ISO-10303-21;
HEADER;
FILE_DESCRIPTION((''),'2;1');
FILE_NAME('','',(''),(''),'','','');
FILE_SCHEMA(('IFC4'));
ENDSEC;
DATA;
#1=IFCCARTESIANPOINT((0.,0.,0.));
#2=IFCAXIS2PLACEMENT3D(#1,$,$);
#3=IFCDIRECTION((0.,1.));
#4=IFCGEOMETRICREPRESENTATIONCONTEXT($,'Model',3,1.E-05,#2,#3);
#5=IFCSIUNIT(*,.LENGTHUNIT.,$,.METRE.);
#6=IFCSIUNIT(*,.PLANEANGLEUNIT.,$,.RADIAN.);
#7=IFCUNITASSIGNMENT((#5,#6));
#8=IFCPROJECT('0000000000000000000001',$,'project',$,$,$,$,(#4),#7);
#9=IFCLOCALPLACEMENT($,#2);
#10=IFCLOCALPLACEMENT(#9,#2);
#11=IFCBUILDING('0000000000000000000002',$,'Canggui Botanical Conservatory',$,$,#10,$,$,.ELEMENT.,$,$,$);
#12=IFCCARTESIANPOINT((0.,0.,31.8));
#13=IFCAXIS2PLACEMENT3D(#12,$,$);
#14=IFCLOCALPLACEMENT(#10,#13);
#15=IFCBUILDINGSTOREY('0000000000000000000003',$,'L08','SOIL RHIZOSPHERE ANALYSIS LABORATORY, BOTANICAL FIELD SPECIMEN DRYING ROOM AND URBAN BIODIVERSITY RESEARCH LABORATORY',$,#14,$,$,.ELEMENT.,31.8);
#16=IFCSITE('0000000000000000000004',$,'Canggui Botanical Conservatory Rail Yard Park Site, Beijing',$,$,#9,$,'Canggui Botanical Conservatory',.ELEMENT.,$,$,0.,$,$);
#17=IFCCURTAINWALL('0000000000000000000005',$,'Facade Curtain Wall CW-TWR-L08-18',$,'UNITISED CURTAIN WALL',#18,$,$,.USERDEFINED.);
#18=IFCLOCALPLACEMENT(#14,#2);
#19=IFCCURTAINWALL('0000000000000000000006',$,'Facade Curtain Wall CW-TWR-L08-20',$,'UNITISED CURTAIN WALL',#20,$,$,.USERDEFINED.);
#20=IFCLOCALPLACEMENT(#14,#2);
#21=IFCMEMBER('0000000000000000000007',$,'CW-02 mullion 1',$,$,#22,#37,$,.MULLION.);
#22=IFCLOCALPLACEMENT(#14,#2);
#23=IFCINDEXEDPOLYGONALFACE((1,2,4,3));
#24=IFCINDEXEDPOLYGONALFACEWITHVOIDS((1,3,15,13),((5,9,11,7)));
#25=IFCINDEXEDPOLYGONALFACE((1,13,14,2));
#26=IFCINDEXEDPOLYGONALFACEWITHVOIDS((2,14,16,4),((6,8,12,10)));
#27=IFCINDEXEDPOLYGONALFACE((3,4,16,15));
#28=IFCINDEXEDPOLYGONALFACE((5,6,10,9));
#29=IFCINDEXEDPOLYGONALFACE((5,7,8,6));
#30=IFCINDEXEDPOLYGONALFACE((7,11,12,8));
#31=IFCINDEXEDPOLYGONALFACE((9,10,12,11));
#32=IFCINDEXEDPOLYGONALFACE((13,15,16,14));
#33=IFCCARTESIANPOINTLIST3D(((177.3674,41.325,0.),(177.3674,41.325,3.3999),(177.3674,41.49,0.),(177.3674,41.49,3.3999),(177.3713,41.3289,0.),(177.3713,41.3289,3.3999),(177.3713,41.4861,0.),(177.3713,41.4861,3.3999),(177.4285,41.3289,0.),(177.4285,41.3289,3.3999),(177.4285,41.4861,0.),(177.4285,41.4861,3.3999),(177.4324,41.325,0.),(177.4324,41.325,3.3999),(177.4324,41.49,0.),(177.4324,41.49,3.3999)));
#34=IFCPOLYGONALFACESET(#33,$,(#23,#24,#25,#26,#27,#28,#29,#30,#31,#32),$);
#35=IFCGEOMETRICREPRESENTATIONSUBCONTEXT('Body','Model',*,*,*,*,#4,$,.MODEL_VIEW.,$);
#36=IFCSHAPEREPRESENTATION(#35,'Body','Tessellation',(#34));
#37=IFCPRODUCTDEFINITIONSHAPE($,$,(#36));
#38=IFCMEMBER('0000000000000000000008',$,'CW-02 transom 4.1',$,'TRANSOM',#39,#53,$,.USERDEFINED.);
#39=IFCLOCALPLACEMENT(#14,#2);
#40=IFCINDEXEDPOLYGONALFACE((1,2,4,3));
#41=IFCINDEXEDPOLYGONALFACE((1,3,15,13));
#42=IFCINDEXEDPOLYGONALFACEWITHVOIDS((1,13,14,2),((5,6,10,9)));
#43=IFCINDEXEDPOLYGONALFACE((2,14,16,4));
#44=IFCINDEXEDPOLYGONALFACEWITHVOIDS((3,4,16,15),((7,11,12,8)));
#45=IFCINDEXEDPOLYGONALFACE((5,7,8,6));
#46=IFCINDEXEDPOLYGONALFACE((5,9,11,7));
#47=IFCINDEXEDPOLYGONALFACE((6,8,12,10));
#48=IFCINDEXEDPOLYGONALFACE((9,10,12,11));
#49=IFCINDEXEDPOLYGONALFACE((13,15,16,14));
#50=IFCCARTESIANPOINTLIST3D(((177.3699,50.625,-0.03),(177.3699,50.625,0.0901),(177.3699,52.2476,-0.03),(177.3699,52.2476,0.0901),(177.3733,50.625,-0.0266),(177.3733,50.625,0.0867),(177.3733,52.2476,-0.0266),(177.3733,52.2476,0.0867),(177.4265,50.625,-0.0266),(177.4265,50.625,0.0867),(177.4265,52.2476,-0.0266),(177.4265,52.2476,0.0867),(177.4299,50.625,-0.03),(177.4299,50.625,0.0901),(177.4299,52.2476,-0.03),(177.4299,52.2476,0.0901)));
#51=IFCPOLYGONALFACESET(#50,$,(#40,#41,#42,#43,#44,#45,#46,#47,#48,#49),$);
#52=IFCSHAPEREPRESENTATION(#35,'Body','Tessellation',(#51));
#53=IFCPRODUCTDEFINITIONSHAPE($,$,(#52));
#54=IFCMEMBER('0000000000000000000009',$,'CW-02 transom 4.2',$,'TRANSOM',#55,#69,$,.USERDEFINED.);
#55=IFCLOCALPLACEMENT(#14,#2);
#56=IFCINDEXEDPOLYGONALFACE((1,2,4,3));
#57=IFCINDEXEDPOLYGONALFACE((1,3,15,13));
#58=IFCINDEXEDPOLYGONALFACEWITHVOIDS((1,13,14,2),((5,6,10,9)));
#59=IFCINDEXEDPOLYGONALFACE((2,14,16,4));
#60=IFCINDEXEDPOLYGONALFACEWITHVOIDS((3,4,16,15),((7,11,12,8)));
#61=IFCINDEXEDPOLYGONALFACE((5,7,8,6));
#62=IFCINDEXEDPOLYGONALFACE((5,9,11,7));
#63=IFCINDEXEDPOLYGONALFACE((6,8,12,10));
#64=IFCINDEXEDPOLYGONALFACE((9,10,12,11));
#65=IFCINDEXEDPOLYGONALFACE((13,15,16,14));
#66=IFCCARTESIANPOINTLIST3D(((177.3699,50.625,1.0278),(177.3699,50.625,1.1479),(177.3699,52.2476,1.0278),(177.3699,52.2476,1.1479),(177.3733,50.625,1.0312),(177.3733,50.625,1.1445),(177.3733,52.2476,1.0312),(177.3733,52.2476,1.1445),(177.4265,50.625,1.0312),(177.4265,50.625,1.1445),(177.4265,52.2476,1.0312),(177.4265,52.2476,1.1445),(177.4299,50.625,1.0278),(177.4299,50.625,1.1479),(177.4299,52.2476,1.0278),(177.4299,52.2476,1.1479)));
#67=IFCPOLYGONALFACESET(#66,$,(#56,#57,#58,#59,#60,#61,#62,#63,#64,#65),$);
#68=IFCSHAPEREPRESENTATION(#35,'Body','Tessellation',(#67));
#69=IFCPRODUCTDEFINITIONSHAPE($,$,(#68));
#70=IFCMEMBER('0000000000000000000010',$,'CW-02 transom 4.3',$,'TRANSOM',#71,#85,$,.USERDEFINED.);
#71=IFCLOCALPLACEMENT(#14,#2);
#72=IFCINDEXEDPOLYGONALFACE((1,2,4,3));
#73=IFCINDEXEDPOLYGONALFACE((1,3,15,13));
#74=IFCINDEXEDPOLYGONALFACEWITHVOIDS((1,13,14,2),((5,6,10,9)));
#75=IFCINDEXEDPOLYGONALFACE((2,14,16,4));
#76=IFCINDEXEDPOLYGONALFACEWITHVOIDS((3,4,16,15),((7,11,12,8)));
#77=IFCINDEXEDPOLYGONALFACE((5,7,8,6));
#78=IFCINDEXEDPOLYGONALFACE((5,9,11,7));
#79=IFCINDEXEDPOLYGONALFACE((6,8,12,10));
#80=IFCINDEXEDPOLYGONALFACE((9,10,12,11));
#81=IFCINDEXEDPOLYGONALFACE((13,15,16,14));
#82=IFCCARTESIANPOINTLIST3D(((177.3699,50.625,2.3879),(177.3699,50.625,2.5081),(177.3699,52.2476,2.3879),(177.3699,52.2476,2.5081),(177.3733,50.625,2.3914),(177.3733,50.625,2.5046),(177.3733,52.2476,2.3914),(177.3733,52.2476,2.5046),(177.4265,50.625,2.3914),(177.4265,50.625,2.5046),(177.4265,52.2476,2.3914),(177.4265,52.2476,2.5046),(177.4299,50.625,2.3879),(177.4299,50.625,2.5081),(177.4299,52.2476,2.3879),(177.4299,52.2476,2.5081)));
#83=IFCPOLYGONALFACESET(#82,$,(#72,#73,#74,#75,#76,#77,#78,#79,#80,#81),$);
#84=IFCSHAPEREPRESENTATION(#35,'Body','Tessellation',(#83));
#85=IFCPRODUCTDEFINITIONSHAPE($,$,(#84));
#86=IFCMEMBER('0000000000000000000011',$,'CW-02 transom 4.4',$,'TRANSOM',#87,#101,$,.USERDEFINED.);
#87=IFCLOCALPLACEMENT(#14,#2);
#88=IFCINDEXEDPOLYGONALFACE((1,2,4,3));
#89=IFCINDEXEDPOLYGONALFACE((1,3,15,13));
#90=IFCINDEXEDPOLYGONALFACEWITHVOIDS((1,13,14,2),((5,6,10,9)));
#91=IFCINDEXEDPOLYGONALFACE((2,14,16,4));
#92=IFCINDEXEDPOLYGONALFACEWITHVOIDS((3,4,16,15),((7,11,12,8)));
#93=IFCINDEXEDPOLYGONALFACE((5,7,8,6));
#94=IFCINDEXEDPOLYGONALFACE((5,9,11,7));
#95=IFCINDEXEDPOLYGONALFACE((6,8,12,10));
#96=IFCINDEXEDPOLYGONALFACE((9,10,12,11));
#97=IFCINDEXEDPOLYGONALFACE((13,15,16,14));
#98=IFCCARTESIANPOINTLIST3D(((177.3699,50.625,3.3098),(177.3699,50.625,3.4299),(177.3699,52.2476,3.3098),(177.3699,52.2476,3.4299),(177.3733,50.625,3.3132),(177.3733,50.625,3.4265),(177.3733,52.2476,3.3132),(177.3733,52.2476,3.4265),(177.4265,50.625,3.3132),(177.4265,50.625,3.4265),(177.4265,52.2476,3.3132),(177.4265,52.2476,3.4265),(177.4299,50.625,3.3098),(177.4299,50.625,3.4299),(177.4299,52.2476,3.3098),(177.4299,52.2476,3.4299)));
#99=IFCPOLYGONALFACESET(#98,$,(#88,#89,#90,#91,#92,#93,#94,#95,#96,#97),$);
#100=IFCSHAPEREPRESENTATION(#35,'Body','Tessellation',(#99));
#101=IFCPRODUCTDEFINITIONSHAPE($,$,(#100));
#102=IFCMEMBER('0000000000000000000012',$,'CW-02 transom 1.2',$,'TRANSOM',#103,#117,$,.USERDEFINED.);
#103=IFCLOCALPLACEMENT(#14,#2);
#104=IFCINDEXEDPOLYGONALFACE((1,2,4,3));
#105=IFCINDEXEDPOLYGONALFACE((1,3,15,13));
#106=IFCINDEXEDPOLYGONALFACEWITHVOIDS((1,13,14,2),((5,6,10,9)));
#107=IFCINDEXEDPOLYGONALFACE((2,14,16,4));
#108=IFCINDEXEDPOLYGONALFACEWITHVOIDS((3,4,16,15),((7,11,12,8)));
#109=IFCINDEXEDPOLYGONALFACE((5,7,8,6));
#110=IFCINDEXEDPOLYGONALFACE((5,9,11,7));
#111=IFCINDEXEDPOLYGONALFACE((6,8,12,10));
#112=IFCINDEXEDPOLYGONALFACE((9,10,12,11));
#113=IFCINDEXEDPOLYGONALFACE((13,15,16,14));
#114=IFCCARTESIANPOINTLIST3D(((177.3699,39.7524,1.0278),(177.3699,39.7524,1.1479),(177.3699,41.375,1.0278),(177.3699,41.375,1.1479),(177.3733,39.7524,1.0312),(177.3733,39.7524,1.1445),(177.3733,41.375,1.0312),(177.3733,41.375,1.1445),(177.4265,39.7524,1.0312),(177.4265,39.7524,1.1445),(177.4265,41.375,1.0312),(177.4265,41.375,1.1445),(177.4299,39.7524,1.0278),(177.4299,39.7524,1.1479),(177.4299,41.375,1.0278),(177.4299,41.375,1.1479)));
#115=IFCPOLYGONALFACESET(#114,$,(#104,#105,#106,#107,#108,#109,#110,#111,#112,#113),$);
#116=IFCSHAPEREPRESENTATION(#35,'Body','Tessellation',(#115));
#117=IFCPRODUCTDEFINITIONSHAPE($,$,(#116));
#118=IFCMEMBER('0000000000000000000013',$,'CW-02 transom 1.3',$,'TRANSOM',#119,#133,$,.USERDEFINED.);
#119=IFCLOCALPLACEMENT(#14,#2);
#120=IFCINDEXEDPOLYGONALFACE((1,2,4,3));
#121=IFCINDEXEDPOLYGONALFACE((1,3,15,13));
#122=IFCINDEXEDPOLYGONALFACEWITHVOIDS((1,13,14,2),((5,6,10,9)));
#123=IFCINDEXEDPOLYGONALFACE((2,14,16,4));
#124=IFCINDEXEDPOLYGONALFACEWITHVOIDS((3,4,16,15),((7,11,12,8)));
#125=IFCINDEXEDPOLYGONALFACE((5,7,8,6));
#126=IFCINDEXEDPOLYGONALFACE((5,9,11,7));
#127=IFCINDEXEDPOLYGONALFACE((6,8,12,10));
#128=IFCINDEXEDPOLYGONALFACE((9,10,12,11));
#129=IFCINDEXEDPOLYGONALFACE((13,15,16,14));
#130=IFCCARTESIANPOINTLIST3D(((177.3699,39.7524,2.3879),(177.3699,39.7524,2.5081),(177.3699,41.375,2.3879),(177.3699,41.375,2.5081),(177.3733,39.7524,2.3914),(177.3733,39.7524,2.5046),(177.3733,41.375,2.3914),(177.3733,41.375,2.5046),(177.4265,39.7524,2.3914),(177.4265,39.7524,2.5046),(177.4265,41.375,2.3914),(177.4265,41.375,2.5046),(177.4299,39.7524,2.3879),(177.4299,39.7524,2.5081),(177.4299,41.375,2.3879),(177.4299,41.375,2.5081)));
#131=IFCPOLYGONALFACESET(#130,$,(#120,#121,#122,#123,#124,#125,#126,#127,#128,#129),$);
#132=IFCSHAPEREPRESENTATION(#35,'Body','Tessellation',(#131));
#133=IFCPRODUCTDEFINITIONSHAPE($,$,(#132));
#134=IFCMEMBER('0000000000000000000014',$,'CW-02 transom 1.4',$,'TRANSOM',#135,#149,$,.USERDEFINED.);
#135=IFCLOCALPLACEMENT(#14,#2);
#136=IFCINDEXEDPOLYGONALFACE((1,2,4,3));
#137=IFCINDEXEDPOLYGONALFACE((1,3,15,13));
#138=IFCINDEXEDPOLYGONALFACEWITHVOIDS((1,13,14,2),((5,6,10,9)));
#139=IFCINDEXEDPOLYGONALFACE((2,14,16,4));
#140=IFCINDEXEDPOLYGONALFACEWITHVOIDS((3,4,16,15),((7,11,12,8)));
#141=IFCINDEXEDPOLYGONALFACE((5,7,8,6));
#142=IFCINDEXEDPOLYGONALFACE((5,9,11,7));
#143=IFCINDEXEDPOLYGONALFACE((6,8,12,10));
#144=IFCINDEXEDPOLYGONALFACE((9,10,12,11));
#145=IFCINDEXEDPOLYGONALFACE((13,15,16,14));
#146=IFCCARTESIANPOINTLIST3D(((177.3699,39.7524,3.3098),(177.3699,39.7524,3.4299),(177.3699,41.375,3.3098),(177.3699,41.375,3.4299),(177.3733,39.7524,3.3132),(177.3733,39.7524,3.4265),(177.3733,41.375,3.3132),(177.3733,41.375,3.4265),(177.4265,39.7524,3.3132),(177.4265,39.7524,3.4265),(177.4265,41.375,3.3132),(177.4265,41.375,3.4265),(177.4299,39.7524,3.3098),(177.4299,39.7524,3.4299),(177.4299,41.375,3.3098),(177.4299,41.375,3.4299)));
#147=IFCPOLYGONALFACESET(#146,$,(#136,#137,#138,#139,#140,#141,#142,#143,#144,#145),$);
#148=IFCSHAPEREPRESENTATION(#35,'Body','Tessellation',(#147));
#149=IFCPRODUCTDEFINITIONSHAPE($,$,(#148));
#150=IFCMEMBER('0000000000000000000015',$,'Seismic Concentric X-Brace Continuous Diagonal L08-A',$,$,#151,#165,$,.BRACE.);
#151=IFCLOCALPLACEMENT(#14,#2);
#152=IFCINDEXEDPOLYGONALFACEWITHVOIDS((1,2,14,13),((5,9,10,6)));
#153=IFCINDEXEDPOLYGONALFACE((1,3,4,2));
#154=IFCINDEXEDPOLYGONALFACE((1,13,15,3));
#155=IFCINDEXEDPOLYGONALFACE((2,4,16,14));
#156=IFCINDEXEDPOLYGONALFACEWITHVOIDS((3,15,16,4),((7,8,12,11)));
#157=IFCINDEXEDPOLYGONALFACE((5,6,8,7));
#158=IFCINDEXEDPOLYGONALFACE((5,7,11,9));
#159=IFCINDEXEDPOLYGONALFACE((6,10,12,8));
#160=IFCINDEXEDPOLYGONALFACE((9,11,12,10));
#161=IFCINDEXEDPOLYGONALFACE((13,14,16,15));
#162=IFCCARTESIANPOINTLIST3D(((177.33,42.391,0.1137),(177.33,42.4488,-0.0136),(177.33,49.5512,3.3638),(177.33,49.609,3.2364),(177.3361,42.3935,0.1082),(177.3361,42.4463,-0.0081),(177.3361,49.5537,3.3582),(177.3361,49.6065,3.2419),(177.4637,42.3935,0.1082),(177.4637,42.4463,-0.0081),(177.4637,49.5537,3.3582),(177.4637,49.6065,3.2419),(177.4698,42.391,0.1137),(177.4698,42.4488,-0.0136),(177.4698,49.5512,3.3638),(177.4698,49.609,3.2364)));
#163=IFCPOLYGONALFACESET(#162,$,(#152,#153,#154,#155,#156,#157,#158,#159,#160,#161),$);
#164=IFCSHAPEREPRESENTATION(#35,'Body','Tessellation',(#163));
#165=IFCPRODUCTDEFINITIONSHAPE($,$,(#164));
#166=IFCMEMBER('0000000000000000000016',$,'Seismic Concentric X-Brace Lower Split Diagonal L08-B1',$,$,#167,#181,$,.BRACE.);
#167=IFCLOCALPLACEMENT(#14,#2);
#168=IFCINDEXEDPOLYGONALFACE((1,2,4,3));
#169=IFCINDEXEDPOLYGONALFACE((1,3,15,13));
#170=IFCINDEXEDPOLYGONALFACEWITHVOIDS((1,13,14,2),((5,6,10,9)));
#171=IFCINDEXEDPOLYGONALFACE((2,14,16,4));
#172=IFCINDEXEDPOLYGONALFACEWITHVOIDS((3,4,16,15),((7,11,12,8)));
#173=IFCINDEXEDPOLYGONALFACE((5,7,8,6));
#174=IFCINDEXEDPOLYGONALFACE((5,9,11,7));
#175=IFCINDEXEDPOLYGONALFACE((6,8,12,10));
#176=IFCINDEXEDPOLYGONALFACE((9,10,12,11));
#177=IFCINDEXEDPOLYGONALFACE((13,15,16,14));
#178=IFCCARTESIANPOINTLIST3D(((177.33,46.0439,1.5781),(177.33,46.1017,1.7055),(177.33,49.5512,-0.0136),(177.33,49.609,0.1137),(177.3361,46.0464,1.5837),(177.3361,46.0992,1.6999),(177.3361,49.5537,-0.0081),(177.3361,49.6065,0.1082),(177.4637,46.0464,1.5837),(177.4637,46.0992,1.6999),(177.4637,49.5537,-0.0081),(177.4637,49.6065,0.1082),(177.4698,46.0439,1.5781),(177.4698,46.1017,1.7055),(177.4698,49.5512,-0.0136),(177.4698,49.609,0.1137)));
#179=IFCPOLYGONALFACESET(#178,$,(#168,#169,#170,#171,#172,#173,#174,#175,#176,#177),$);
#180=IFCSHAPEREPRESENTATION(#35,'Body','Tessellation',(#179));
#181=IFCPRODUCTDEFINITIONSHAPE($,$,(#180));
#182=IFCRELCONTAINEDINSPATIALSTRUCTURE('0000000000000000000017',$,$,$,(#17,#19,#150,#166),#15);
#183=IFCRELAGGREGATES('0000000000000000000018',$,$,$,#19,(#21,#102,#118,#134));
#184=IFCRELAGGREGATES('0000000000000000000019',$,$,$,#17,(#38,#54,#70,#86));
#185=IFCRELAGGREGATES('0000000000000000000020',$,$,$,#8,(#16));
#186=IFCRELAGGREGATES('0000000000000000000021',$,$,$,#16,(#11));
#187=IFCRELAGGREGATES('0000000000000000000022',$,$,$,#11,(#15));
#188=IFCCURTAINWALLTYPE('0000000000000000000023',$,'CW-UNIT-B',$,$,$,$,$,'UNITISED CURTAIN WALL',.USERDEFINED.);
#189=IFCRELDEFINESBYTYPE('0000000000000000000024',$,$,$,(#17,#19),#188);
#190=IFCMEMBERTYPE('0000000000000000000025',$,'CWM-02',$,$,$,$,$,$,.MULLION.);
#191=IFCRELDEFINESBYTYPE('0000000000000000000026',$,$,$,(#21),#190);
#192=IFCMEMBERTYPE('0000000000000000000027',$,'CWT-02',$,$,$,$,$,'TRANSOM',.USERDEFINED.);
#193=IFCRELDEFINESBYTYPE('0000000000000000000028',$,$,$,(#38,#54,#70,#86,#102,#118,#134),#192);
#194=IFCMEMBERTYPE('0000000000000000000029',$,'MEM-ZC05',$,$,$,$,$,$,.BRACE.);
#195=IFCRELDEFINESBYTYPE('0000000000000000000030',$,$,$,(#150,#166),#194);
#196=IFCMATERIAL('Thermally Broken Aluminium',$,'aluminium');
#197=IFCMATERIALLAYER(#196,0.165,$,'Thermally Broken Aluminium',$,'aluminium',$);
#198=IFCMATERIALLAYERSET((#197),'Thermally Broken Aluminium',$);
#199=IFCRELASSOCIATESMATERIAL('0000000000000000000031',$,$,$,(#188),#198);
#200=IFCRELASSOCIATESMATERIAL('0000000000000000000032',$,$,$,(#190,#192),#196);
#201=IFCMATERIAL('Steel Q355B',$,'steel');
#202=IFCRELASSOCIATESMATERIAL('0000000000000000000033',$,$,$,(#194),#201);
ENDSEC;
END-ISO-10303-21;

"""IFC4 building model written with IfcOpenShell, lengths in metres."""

from ifc_helpers import new_model, si_unit, direction, frame, origin, origin_2d, place, context, subcontext, project, spatial, hollow_rectangle, extrude, material, layer, layer_set, material_profile, profile_set, type_object, element, aggregate, save


model = new_model("IFC4")

# Units and contexts
model_context = context("Model", 3, precision=1e-05, world=origin(), true_north=direction((0.0, 1.0)))
body_context = subcontext(model_context, "Body", "Model", "MODEL_VIEW")
ifc_project = project(units=[si_unit("LENGTHUNIT", "METRE"), si_unit("PLANEANGLEUNIT", "RADIAN")], contexts=[model_context])

# Site, building, storey
site_placement = place(None, origin())
site = spatial("IfcSite", under=ifc_project, at=site_placement, Name="Canggui Botanical Conservatory Rail Yard Park Site, Beijing", LongName="Canggui Botanical Conservatory", CompositionType="ELEMENT", RefElevation=0.0)
building_placement = place(site_placement, origin())
building = spatial("IfcBuilding", under=site, at=building_placement, Name="Canggui Botanical Conservatory", CompositionType="ELEMENT")
storey_placement = place(building_placement, frame((0.0, 0.0, 31.8)))
storey = spatial("IfcBuildingStorey", under=building, at=storey_placement, Name="L08", Description="SOIL RHIZOSPHERE ANALYSIS LABORATORY, BOTANICAL FIELD SPECIMEN DRYING ROOM AND URBAN BIODIVERSITY RESEARCH LABORATORY", CompositionType="ELEMENT", Elevation=31.8)

# Curtain wall
ifc_material_1 = material(Name="Thermally Broken Aluminium", Category="aluminium")
ifc_layer_1 = layer(ifc_material_1, 0.165, Name="Thermally Broken Aluminium", Category="aluminium")
ifc_layer_set_1 = layer_set([ifc_layer_1], Name="Thermally Broken Aluminium")
curtain_wall_type = type_object("IfcCurtainWallType", Name="CW-UNIT-B", ElementType="UNITISED CURTAIN WALL", PredefinedType="USERDEFINED", material=ifc_layer_set_1)
curtain_wall_1_placement = place(storey_placement, origin())
curtain_wall_1 = element("IfcCurtainWall", 1, at=curtain_wall_1_placement, inside=storey, type_object=curtain_wall_type, Name="Facade Curtain Wall CW-TWR-L08-18", ObjectType="UNITISED CURTAIN WALL", PredefinedType="USERDEFINED")
ifc_material_profile_1 = material_profile(ifc_material_1, hollow_rectangle(XDim=0.0649, YDim=0.165, WallThickness=0.0039, at=origin_2d()), Name="CWM 65x165x4")
ifc_profile_set_1 = profile_set([ifc_material_profile_1], Name="Thermally Broken Aluminium")
member_type_1 = type_object("IfcMemberType", Name="CWM-02", PredefinedType="MULLION", material=ifc_profile_set_1)

# Curtain wall, member
curtain_wall_2_placement = place(storey_placement, origin())
curtain_wall_2 = element("IfcCurtainWall", 2, at=curtain_wall_2_placement, inside=storey, type_object=curtain_wall_type, Name="Facade Curtain Wall CW-TWR-L08-20", ObjectType="UNITISED CURTAIN WALL", PredefinedType="USERDEFINED")
member_1_placement = place(storey_placement, frame((177.3999, 41.4075, 0.0), z_axis=(0.0, 0.0, 1.0), x_axis=(1.0, 0.0, 0.0)))
member_1 = element("IfcMember", 3, at=member_1_placement, type_object=member_type_1, Name="CW-02 mullion 1", PredefinedType="MULLION", context=body_context, shape_type="SweptSolid", body=[
    extrude(hollow_rectangle(XDim=0.0649, YDim=0.165, WallThickness=0.0039, at=origin_2d()), origin(), (0.0, 0.0, 1.0), 3.3999),
])

# Members
ifc_material_profile_2 = material_profile(ifc_material_1, hollow_rectangle(XDim=0.0601, YDim=0.1201, WallThickness=0.0034, at=origin_2d()), Name="CWT 60x120x3.5")
ifc_profile_set_2 = profile_set([ifc_material_profile_2], Name="Thermally Broken Aluminium")
member_type_2 = type_object("IfcMemberType", Name="CWT-02", ElementType="TRANSOM", PredefinedType="USERDEFINED", material=ifc_profile_set_2)
member_2_placement = place(storey_placement, frame((177.3999, 52.2476, 0.03), z_axis=(0.0, -1.0, 0.0), x_axis=(1.0, 0.0, 0.0)))
member_2 = element("IfcMember", 4, at=member_2_placement, type_object=member_type_2, Name="CW-02 transom 4.1", ObjectType="TRANSOM", PredefinedType="USERDEFINED", context=body_context, shape_type="SweptSolid", body=[
    extrude(hollow_rectangle(XDim=0.0601, YDim=0.1201, WallThickness=0.0034, at=origin_2d()), origin(), (0.0, 0.0, 1.0), 1.6226),
])
member_3_placement = place(storey_placement, frame((177.3999, 52.2476, 1.0879), z_axis=(0.0, -1.0, 0.0), x_axis=(1.0, 0.0, 0.0)))
member_3 = element("IfcMember", 5, at=member_3_placement, type_object=member_type_2, Name="CW-02 transom 4.2", ObjectType="TRANSOM", PredefinedType="USERDEFINED", context=body_context, shape_type="SweptSolid", body=[
    extrude(hollow_rectangle(XDim=0.0601, YDim=0.1201, WallThickness=0.0034, at=origin_2d()), origin(), (0.0, 0.0, 1.0), 1.6226),
])
member_4_placement = place(storey_placement, frame((177.3999, 52.2476, 2.448), z_axis=(0.0, -1.0, 0.0), x_axis=(1.0, 0.0, 0.0)))
member_4 = element("IfcMember", 6, at=member_4_placement, type_object=member_type_2, Name="CW-02 transom 4.3", ObjectType="TRANSOM", PredefinedType="USERDEFINED", context=body_context, shape_type="SweptSolid", body=[
    extrude(hollow_rectangle(XDim=0.0601, YDim=0.1201, WallThickness=0.0034, at=origin_2d()), origin(), (0.0, 0.0, 1.0), 1.6226),
])
member_5_placement = place(storey_placement, frame((177.3999, 52.2476, 3.3699), z_axis=(0.0, -1.0, 0.0), x_axis=(1.0, 0.0, 0.0)))
member_5 = element("IfcMember", 7, at=member_5_placement, type_object=member_type_2, Name="CW-02 transom 4.4", ObjectType="TRANSOM", PredefinedType="USERDEFINED", context=body_context, shape_type="SweptSolid", body=[
    extrude(hollow_rectangle(XDim=0.0601, YDim=0.1201, WallThickness=0.0034, at=origin_2d()), origin(), (0.0, 0.0, 1.0), 1.6226),
])
member_6_placement = place(storey_placement, frame((177.3999, 41.375, 1.0879), z_axis=(0.0, -1.0, 0.0), x_axis=(1.0, 0.0, 0.0)))
member_6 = element("IfcMember", 8, at=member_6_placement, type_object=member_type_2, Name="CW-02 transom 1.2", ObjectType="TRANSOM", PredefinedType="USERDEFINED", context=body_context, shape_type="SweptSolid", body=[
    extrude(hollow_rectangle(XDim=0.0601, YDim=0.1201, WallThickness=0.0034, at=origin_2d()), origin(), (0.0, 0.0, 1.0), 1.6226),
])
member_7_placement = place(storey_placement, frame((177.3999, 41.375, 2.448), z_axis=(0.0, -1.0, 0.0), x_axis=(1.0, 0.0, 0.0)))
member_7 = element("IfcMember", 9, at=member_7_placement, type_object=member_type_2, Name="CW-02 transom 1.3", ObjectType="TRANSOM", PredefinedType="USERDEFINED", context=body_context, shape_type="SweptSolid", body=[
    extrude(hollow_rectangle(XDim=0.0601, YDim=0.1201, WallThickness=0.0034, at=origin_2d()), origin(), (0.0, 0.0, 1.0), 1.6226),
])
member_8_placement = place(storey_placement, frame((177.3999, 41.375, 3.3699), z_axis=(0.0, -1.0, 0.0), x_axis=(1.0, 0.0, 0.0)))
member_8 = element("IfcMember", 10, at=member_8_placement, type_object=member_type_2, Name="CW-02 transom 1.4", ObjectType="TRANSOM", PredefinedType="USERDEFINED", context=body_context, shape_type="SweptSolid", body=[
    extrude(hollow_rectangle(XDim=0.0601, YDim=0.1201, WallThickness=0.0034, at=origin_2d()), origin(), (0.0, 0.0, 1.0), 1.6226),
])
aggregate(curtain_wall_2, [member_1, member_6, member_7, member_8])

# Members
ifc_material_2 = material(Name="Steel Q355B", Category="steel")
ifc_material_profile_3 = material_profile(ifc_material_2, hollow_rectangle(XDim=0.1399, YDim=0.1399, WallThickness=0.0061, at=origin_2d()), Name="SHS 140x140x6")
ifc_profile_set_3 = profile_set([ifc_material_profile_3], Name="Steel Q355B")
member_type_3 = type_object("IfcMemberType", Name="MEM-ZC05", PredefinedType="BRACE", material=ifc_profile_set_3)
member_9_placement = place(storey_placement, frame((177.3999, 42.4199, 0.05), z_axis=(0.0, 0.910588, 0.413316), x_axis=(-1.0, 0.0, 0.0)))
element("IfcMember", 11, at=member_9_placement, inside=storey, type_object=member_type_3, Name="Seismic Concentric X-Brace Continuous Diagonal L08-A", PredefinedType="BRACE", context=body_context, shape_type="SweptSolid", body=[
    extrude(hollow_rectangle(XDim=0.1399, YDim=0.1399, WallThickness=0.0061, at=origin_2d()), origin(), (0.0, 0.0, 1.0), 7.8633),
])
member_10_placement = place(storey_placement, frame((177.3999, 49.5801, 0.05), z_axis=(0.0, -0.910605, 0.413278), x_axis=(1.0, 0.0, 0.0)))
element("IfcMember", 12, at=member_10_placement, inside=storey, type_object=member_type_3, Name="Seismic Concentric X-Brace Lower Split Diagonal L08-B1", PredefinedType="BRACE", context=body_context, shape_type="SweptSolid", body=[
    extrude(hollow_rectangle(XDim=0.1399, YDim=0.1399, WallThickness=0.0061, at=origin_2d()), origin(), (0.0, 0.0, 1.0), 3.8516),
])

aggregate(curtain_wall_1, [member_2, member_3, member_4, member_5])

save(model, "model.ifc")
